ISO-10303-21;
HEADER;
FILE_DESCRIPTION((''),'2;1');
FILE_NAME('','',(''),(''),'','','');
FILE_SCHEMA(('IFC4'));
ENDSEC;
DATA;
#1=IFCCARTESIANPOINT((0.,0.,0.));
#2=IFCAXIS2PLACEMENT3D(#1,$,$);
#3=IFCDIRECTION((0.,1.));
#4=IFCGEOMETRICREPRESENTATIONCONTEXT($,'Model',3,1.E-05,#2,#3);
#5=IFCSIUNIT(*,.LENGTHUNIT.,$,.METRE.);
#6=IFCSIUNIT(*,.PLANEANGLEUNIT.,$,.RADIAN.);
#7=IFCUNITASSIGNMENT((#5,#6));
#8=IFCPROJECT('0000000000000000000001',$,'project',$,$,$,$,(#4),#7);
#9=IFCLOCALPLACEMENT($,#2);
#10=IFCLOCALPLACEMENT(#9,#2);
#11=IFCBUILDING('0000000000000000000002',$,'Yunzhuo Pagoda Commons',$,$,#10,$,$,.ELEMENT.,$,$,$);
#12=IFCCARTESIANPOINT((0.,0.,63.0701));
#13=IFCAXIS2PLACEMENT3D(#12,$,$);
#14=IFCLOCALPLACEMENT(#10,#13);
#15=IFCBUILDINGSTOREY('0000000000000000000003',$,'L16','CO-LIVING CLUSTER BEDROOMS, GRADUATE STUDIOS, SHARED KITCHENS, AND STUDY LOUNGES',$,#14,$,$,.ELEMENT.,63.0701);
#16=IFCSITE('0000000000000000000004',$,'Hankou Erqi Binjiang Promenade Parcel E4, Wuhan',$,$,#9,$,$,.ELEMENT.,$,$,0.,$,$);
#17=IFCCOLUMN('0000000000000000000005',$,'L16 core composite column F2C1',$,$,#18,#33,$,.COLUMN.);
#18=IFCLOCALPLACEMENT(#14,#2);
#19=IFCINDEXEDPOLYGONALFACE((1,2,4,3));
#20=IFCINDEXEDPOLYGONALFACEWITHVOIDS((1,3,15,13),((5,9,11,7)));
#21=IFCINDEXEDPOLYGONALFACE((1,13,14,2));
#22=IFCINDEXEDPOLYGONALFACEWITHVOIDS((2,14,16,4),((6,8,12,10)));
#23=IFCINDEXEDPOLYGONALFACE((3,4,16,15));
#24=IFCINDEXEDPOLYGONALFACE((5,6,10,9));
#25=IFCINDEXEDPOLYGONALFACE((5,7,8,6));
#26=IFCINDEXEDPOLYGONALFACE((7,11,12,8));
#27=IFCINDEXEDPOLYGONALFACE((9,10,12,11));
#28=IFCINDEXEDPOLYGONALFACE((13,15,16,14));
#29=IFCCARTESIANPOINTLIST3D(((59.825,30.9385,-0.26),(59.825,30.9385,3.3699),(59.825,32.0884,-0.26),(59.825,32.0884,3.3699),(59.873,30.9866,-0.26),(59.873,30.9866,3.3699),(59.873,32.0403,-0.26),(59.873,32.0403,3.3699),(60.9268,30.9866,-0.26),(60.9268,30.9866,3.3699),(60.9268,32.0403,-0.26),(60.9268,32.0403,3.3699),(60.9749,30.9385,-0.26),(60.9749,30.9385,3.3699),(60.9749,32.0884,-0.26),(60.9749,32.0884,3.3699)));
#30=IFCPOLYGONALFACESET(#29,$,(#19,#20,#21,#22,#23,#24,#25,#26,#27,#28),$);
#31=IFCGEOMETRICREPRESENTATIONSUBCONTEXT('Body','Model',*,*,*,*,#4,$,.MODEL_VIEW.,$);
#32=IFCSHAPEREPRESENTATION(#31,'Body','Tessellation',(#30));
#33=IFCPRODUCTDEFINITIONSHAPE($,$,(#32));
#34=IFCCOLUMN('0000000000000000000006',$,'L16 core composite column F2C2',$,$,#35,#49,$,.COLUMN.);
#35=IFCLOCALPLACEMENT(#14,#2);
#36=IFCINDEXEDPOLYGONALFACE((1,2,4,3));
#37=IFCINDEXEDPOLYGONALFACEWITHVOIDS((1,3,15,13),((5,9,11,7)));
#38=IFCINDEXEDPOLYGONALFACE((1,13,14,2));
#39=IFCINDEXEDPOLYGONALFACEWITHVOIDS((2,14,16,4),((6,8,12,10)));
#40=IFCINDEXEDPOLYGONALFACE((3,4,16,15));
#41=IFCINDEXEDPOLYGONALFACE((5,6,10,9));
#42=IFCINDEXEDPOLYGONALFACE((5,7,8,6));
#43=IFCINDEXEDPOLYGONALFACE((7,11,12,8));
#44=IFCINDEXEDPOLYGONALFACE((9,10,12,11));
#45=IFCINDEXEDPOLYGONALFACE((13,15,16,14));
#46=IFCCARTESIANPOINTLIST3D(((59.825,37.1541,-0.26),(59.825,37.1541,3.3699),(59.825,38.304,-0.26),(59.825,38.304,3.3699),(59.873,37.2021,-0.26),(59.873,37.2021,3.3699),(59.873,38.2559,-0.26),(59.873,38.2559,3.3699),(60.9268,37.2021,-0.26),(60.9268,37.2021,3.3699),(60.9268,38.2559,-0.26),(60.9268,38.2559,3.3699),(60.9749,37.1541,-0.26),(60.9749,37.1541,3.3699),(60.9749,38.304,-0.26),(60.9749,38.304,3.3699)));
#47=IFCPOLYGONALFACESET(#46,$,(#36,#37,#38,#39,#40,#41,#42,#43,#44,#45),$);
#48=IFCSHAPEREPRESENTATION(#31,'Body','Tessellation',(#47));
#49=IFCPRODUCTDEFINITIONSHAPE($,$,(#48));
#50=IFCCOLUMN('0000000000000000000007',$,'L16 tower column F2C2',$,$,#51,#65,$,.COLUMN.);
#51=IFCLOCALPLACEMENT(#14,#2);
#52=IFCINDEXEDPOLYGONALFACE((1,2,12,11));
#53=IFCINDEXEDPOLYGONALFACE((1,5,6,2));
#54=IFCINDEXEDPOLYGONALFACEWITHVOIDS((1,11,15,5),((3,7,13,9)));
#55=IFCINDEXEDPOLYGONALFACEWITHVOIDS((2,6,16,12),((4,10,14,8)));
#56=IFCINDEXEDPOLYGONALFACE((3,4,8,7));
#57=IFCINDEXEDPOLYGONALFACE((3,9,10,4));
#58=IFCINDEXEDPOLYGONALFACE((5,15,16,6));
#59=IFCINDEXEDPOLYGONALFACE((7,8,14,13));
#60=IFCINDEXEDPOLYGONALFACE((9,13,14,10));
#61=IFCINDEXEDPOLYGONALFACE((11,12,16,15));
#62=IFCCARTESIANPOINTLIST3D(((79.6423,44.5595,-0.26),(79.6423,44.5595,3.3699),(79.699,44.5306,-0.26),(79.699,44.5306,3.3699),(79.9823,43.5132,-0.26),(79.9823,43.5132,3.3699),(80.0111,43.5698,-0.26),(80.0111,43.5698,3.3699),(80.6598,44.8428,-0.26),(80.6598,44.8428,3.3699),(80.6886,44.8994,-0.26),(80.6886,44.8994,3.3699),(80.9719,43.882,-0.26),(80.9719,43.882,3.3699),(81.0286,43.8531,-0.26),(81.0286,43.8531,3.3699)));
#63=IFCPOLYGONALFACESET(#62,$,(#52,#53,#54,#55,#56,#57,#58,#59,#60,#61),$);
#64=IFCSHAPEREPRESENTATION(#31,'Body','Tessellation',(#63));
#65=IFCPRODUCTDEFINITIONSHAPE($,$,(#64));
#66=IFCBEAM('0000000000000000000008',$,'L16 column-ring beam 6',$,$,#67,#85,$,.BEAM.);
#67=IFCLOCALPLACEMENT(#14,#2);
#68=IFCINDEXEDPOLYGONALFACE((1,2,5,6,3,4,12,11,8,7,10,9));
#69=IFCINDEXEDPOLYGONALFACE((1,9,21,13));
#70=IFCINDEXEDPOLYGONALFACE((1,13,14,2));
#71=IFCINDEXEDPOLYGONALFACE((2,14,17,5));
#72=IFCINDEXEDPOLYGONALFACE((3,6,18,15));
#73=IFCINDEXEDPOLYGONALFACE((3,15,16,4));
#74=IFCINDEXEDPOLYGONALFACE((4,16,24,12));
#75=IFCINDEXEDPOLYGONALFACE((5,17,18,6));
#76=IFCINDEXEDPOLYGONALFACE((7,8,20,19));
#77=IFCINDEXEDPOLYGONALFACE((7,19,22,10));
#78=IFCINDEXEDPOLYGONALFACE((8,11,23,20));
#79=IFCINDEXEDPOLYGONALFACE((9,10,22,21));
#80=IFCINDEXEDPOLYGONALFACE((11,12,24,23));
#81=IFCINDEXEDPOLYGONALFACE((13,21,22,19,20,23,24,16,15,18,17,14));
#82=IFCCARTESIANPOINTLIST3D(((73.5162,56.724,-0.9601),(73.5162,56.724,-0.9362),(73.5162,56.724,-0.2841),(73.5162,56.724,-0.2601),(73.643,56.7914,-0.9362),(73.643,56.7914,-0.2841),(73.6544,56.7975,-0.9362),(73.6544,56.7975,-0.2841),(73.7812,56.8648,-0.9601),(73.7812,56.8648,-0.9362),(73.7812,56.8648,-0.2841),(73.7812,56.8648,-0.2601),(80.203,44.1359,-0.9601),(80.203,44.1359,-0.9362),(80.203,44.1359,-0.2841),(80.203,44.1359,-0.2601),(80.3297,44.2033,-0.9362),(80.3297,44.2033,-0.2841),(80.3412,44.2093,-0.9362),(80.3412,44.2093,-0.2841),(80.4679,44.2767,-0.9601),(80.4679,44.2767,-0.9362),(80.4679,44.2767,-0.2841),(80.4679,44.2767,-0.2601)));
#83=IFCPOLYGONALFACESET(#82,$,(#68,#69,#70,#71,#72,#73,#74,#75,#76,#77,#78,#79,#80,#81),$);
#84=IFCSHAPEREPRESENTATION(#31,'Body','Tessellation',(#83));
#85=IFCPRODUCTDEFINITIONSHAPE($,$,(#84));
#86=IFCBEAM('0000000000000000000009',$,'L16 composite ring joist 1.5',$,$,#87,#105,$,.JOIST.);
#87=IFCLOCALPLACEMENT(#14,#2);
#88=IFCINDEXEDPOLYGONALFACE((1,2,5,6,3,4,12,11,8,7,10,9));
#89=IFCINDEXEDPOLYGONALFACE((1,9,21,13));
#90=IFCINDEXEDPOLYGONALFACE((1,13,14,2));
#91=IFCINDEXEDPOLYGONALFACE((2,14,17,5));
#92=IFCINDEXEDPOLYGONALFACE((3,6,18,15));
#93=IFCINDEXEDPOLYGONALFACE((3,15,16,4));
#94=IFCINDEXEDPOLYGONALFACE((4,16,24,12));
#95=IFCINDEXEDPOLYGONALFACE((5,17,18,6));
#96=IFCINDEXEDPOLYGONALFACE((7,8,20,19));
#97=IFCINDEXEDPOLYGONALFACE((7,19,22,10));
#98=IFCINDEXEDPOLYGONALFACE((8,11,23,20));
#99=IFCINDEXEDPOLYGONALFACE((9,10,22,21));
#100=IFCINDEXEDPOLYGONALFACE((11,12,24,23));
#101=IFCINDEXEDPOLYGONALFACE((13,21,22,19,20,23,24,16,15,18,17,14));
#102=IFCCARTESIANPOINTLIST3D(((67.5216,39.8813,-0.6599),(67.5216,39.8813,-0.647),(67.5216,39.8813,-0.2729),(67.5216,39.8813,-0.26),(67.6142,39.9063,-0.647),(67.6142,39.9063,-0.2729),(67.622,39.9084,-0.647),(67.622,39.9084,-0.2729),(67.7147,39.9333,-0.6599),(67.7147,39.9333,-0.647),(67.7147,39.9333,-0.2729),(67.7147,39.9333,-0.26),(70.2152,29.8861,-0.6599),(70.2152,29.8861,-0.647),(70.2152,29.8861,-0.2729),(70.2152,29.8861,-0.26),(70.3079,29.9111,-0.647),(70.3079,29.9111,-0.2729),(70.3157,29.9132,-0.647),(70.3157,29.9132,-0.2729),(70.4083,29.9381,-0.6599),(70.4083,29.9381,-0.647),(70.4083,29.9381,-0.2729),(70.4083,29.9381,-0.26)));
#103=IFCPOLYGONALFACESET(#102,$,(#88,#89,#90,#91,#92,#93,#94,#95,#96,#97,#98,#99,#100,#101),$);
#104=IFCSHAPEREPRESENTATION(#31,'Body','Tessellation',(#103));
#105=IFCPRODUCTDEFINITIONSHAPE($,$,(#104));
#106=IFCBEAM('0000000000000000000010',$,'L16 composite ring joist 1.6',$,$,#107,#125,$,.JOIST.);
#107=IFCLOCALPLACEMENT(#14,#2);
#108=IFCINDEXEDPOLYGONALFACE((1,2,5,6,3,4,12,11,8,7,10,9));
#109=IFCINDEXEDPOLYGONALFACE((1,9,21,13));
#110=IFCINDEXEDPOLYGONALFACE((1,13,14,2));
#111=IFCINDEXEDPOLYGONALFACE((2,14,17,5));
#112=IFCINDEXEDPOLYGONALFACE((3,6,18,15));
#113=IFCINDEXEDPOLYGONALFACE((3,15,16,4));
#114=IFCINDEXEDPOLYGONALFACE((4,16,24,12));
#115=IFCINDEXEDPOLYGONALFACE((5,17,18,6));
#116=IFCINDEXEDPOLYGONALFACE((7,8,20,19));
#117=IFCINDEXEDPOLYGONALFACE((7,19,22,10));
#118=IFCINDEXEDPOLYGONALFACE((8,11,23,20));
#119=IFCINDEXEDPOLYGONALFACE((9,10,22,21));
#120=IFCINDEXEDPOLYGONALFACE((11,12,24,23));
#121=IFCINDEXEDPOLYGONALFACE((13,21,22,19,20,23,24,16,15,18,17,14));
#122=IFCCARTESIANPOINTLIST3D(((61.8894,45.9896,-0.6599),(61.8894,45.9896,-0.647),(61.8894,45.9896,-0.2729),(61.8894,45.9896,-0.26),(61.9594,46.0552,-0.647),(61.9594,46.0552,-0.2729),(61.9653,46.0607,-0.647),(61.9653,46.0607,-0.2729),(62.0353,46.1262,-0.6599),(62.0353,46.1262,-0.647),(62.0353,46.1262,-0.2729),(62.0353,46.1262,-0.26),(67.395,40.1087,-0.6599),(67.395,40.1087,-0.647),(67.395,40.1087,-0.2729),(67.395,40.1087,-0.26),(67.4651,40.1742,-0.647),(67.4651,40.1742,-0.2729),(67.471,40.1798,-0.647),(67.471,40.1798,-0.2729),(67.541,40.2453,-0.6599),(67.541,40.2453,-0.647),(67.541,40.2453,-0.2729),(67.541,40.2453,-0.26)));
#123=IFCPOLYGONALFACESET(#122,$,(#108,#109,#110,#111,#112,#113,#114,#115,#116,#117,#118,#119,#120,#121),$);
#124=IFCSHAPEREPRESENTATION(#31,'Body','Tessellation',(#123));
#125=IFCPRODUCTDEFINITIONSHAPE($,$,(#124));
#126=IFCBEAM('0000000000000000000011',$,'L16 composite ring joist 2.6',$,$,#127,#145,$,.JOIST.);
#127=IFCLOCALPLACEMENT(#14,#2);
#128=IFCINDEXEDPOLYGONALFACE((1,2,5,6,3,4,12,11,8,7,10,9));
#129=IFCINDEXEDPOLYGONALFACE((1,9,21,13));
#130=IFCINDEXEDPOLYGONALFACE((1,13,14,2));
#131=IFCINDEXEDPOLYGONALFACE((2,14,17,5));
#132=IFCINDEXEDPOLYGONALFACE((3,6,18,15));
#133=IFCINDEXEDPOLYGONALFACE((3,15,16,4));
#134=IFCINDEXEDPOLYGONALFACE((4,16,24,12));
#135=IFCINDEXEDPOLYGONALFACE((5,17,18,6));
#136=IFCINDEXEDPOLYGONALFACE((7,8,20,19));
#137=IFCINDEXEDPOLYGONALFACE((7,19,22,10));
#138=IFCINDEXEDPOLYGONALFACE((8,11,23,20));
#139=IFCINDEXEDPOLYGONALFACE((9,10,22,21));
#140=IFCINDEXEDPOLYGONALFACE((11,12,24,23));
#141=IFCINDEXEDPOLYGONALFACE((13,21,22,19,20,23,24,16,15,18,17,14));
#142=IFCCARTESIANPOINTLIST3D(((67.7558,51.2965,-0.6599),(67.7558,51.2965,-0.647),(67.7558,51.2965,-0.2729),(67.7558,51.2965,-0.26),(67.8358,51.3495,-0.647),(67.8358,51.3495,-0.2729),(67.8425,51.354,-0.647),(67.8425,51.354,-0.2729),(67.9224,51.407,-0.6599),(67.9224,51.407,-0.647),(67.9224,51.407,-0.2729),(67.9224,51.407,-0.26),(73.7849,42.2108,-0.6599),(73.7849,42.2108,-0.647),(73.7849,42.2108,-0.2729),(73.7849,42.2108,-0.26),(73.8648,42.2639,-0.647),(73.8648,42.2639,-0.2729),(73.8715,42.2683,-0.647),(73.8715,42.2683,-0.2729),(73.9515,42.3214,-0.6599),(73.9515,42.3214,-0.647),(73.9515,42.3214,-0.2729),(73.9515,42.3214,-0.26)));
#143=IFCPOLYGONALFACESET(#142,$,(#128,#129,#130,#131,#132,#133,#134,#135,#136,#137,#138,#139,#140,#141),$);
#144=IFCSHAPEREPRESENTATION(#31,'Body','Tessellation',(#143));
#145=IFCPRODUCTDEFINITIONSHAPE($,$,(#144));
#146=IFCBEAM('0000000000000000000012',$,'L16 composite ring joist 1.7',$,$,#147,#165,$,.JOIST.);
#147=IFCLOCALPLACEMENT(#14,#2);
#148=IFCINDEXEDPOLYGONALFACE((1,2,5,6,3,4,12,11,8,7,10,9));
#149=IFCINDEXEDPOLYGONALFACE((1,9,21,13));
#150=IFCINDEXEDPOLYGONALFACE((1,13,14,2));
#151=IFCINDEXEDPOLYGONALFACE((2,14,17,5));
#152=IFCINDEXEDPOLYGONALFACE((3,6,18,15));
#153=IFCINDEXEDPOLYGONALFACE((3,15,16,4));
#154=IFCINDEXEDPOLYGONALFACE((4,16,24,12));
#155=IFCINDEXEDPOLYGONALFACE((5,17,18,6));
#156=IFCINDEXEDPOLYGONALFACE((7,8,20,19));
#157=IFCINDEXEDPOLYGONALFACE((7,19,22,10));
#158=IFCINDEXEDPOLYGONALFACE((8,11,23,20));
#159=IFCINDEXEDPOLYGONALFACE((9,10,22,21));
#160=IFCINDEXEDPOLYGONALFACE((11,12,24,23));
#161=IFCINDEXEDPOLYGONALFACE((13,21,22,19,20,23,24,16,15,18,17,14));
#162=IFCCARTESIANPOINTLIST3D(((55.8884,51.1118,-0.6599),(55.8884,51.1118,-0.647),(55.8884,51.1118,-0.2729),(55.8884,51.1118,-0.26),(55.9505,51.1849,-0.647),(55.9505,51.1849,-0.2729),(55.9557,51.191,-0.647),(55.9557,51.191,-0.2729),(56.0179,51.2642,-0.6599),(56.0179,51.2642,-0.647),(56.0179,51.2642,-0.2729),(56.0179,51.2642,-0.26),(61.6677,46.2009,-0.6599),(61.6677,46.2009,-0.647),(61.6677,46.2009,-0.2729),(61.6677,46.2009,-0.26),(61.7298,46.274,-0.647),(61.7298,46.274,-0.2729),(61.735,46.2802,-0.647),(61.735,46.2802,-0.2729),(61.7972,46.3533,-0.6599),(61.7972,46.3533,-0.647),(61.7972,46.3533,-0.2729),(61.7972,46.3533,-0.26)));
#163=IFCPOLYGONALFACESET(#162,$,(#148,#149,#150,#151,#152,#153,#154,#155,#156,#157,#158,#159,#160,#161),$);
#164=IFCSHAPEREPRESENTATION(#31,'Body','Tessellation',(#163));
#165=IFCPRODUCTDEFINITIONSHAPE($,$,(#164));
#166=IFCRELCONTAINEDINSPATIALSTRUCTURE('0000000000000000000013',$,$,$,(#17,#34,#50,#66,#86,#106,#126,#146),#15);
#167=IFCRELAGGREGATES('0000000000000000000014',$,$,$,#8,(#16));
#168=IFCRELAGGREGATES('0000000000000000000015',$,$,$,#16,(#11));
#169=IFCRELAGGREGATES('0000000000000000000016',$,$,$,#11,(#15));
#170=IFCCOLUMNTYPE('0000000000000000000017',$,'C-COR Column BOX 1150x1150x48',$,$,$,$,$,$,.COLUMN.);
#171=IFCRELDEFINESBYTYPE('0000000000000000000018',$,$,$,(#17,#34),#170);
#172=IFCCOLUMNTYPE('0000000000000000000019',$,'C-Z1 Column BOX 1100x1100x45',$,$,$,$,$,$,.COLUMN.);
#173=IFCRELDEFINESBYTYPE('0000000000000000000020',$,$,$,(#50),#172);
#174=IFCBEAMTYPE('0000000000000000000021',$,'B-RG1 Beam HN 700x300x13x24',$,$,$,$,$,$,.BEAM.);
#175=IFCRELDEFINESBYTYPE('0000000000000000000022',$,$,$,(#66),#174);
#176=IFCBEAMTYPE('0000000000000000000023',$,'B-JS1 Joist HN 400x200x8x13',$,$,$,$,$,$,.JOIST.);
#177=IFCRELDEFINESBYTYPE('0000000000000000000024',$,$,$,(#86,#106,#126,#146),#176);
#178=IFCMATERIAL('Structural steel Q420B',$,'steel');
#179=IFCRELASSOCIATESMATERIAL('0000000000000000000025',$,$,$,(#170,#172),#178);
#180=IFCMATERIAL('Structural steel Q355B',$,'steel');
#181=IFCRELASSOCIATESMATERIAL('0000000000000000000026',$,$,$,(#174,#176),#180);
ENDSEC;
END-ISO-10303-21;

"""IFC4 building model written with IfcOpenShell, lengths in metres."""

from ifc_helpers import new_model, si_unit, direction, frame, origin, origin_2d, place, context, subcontext, project, spatial, hollow_rectangle, i_section, extrude, source, transform, mapped, material, material_profile, profile_set, type_object, element, save


model = new_model("IFC4")

# Units and contexts
model_context = context("Model", 3, precision=1e-05, world=origin(), true_north=direction((0.0, 1.0)))
body_context = subcontext(model_context, "Body", "Model", "MODEL_VIEW")
ifc_project = project(units=[si_unit("LENGTHUNIT", "METRE"), si_unit("PLANEANGLEUNIT", "RADIAN")], contexts=[model_context])

# Site, building, storey
site_placement = place(None, origin())
site = spatial("IfcSite", under=ifc_project, at=site_placement, Name="Hankou Erqi Binjiang Promenade Parcel E4, Wuhan", CompositionType="ELEMENT", RefElevation=0.0)
building_placement = place(site_placement, origin())
building = spatial("IfcBuilding", under=site, at=building_placement, Name="Yunzhuo Pagoda Commons", CompositionType="ELEMENT")
storey_placement = place(building_placement, frame((0.0, 0.0, 63.0701)))
storey = spatial("IfcBuildingStorey", under=building, at=storey_placement, Name="L16", Description="CO-LIVING CLUSTER BEDROOMS, GRADUATE STUDIOS, SHARED KITCHENS, AND STUDY LOUNGES", CompositionType="ELEMENT", Elevation=63.0701)

# Columns
ifc_material_1 = material(Name="Structural steel Q420B", Category="steel")
ifc_material_profile_1 = material_profile(ifc_material_1, hollow_rectangle(XDim=1.1499, YDim=1.1499, WallThickness=0.0481, at=origin_2d()), Name="Structural steel Q420B")
ifc_profile_set_1 = profile_set([ifc_material_profile_1], Name="Structural steel Q420B")
column_type_1 = type_object("IfcColumnType", Name="C-COR Column BOX 1150x1150x48", PredefinedType="COLUMN", material=ifc_profile_set_1)
shared_shape_1 = source(origin(), body_context, "Body", "SweptSolid", [
    extrude(hollow_rectangle(XDim=1.1499, YDim=1.1499, WallThickness=0.0481, at=origin_2d()), origin(), (0.0, 0.0, 1.0), 3.6299),
])
for number, where, z_axis, x_axis, name in (
    (1, (60.3999, 31.5134, -0.26), (0.0, 0.0, 1.0), (1.0, 0.0, 0.0), "L16 core composite column F2C1"),
    (2, (60.3999, 37.729, -0.26), (0.0, 0.0, 1.0), (1.0, 0.0, 0.0), "L16 core composite column F2C2"),
):
    element("IfcColumn", number, at=place(storey_placement, frame(where, z_axis=z_axis, x_axis=x_axis)), inside=storey, type_object=column_type_1, Name=name, PredefinedType="COLUMN", context=body_context, shape_type="MappedRepresentation", body=[
        mapped(shared_shape_1, transform((0.0, 0.0, 0.0), scale=1.0)),
    ])
ifc_material_profile_2 = material_profile(ifc_material_1, hollow_rectangle(XDim=1.1001, YDim=1.1001, WallThickness=0.0449, at=origin_2d()), Name="Structural steel Q420B")
ifc_profile_set_2 = profile_set([ifc_material_profile_2], Name="Structural steel Q420B")
column_type_2 = type_object("IfcColumnType", Name="C-Z1 Column BOX 1100x1100x45", PredefinedType="COLUMN", material=ifc_profile_set_2)
shared_shape_2 = source(origin(), body_context, "Body", "SweptSolid", [
    extrude(hollow_rectangle(XDim=1.1001, YDim=1.1001, WallThickness=0.0449, at=origin_2d()), origin(), (0.0, 0.0, 1.0), 3.6299),
])
column_placement = place(storey_placement, frame((80.3354, 44.2063, -0.26), z_axis=(0.0, 0.0, 1.0), x_axis=(-0.309017, 0.951057, 0.0)))
element("IfcColumn", 3, at=column_placement, inside=storey, type_object=column_type_2, Name="L16 tower column F2C2", PredefinedType="COLUMN", context=body_context, shape_type="MappedRepresentation", body=[
    mapped(shared_shape_2, transform((0.0, 0.0, 0.0), scale=1.0)),
])

# Beams
ifc_material_2 = material(Name="Structural steel Q355B", Category="steel")
ifc_material_profile_3 = material_profile(ifc_material_2, i_section(OverallWidth=0.3, OverallDepth=0.7, WebThickness=0.0129, FlangeThickness=0.0239, at=origin_2d()), Name="Structural steel Q355B")
ifc_profile_set_3 = profile_set([ifc_material_profile_3], Name="Structural steel Q355B")
beam_type_1 = type_object("IfcBeamType", Name="B-RG1 Beam HN 700x300x13x24", PredefinedType="BEAM", material=ifc_profile_set_3)
shared_shape_3 = source(origin(), body_context, "Body", "SweptSolid", [
    extrude(i_section(OverallWidth=0.3, OverallDepth=0.7, WebThickness=0.0129, FlangeThickness=0.0239, at=origin_2d()), origin(), (0.0, 0.0, 1.0), 14.2539),
])
beam_1_placement = place(storey_placement, frame((80.3354, 44.2063, -0.6101), z_axis=(-0.469118, 0.883135, 0.0), x_axis=(-0.883135, -0.469118, 0.0)))
element("IfcBeam", 4, at=beam_1_placement, inside=storey, type_object=beam_type_1, Name="L16 column-ring beam 6", PredefinedType="BEAM", context=body_context, shape_type="MappedRepresentation", body=[
    mapped(shared_shape_3, transform((0.0, 0.0, 0.0), scale=1.0)),
])
ifc_material_profile_4 = material_profile(ifc_material_2, i_section(OverallWidth=0.2, OverallDepth=0.3999, WebThickness=0.0081, FlangeThickness=0.0129, at=origin_2d()), Name="Structural steel Q355B")
ifc_profile_set_4 = profile_set([ifc_material_profile_4], Name="Structural steel Q355B")
beam_type_2 = type_object("IfcBeamType", Name="B-JS1 Joist HN 400x200x8x13", PredefinedType="JOIST", material=ifc_profile_set_4)
shared_shape_4 = source(origin(), body_context, "Body", "SweptSolid", [
    extrude(i_section(OverallWidth=0.2, OverallDepth=0.3999, WebThickness=0.0081, FlangeThickness=0.0129, at=origin_2d()), origin(), (0.0, 0.0, 1.0), 10.3518),
])
beam_2_placement = place(storey_placement, frame((70.3118, 29.9121, -0.46), z_axis=(-0.260209, 0.965552, 0.0), x_axis=(-0.965552, -0.260209, 0.0)))
element("IfcBeam", 5, at=beam_2_placement, inside=storey, type_object=beam_type_2, Name="L16 composite ring joist 1.5", PredefinedType="JOIST", context=body_context, shape_type="MappedRepresentation", body=[
    mapped(shared_shape_4, transform((0.0, 0.0, 0.0), scale=1.0)),
])
shared_shape_5 = source(origin(), body_context, "Body", "SweptSolid", [
    extrude(i_section(OverallWidth=0.2, OverallDepth=0.3999, WebThickness=0.0081, FlangeThickness=0.0129, at=origin_2d()), origin(), (0.0, 0.0, 1.0), 8.0559),
])
beam_3_placement = place(storey_placement, frame((67.468, 40.177, -0.46), z_axis=(-0.683433, 0.730013, 0.0), x_axis=(-0.730013, -0.683433, 0.0)))
element("IfcBeam", 6, at=beam_3_placement, inside=storey, type_object=beam_type_2, Name="L16 composite ring joist 1.6", PredefinedType="JOIST", context=body_context, shape_type="MappedRepresentation", body=[
    mapped(shared_shape_5, transform((0.0, 0.0, 0.0), scale=1.0)),
])
shared_shape_6 = source(origin(), body_context, "Body", "SweptSolid", [
    extrude(i_section(OverallWidth=0.2, OverallDepth=0.3999, WebThickness=0.0081, FlangeThickness=0.0129, at=origin_2d()), origin(), (0.0, 0.0, 1.0), 10.9041),
])
beam_4_placement = place(storey_placement, frame((73.8682, 42.2661, -0.46), z_axis=(-0.552916, 0.833237, 0.0), x_axis=(-0.833237, -0.552916, 0.0)))
element("IfcBeam", 7, at=beam_4_placement, inside=storey, type_object=beam_type_2, Name="L16 composite ring joist 2.6", PredefinedType="JOIST", context=body_context, shape_type="MappedRepresentation", body=[
    mapped(shared_shape_6, transform((0.0, 0.0, 0.0), scale=1.0)),
])
shared_shape_7 = source(origin(), body_context, "Body", "SweptSolid", [
    extrude(i_section(OverallWidth=0.2, OverallDepth=0.3999, WebThickness=0.0081, FlangeThickness=0.0129, at=origin_2d()), origin(), (0.0, 0.0, 1.0), 7.584),
])
beam_5_placement = place(storey_placement, frame((61.7324, 46.2771, -0.46), z_axis=(-0.762038, 0.647533, 0.0), x_axis=(-0.647533, -0.762038, 0.0)))
element("IfcBeam", 8, at=beam_5_placement, inside=storey, type_object=beam_type_2, Name="L16 composite ring joist 1.7", PredefinedType="JOIST", context=body_context, shape_type="MappedRepresentation", body=[
    mapped(shared_shape_7, transform((0.0, 0.0, 0.0), scale=1.0)),
])

save(model, "model.ifc")
